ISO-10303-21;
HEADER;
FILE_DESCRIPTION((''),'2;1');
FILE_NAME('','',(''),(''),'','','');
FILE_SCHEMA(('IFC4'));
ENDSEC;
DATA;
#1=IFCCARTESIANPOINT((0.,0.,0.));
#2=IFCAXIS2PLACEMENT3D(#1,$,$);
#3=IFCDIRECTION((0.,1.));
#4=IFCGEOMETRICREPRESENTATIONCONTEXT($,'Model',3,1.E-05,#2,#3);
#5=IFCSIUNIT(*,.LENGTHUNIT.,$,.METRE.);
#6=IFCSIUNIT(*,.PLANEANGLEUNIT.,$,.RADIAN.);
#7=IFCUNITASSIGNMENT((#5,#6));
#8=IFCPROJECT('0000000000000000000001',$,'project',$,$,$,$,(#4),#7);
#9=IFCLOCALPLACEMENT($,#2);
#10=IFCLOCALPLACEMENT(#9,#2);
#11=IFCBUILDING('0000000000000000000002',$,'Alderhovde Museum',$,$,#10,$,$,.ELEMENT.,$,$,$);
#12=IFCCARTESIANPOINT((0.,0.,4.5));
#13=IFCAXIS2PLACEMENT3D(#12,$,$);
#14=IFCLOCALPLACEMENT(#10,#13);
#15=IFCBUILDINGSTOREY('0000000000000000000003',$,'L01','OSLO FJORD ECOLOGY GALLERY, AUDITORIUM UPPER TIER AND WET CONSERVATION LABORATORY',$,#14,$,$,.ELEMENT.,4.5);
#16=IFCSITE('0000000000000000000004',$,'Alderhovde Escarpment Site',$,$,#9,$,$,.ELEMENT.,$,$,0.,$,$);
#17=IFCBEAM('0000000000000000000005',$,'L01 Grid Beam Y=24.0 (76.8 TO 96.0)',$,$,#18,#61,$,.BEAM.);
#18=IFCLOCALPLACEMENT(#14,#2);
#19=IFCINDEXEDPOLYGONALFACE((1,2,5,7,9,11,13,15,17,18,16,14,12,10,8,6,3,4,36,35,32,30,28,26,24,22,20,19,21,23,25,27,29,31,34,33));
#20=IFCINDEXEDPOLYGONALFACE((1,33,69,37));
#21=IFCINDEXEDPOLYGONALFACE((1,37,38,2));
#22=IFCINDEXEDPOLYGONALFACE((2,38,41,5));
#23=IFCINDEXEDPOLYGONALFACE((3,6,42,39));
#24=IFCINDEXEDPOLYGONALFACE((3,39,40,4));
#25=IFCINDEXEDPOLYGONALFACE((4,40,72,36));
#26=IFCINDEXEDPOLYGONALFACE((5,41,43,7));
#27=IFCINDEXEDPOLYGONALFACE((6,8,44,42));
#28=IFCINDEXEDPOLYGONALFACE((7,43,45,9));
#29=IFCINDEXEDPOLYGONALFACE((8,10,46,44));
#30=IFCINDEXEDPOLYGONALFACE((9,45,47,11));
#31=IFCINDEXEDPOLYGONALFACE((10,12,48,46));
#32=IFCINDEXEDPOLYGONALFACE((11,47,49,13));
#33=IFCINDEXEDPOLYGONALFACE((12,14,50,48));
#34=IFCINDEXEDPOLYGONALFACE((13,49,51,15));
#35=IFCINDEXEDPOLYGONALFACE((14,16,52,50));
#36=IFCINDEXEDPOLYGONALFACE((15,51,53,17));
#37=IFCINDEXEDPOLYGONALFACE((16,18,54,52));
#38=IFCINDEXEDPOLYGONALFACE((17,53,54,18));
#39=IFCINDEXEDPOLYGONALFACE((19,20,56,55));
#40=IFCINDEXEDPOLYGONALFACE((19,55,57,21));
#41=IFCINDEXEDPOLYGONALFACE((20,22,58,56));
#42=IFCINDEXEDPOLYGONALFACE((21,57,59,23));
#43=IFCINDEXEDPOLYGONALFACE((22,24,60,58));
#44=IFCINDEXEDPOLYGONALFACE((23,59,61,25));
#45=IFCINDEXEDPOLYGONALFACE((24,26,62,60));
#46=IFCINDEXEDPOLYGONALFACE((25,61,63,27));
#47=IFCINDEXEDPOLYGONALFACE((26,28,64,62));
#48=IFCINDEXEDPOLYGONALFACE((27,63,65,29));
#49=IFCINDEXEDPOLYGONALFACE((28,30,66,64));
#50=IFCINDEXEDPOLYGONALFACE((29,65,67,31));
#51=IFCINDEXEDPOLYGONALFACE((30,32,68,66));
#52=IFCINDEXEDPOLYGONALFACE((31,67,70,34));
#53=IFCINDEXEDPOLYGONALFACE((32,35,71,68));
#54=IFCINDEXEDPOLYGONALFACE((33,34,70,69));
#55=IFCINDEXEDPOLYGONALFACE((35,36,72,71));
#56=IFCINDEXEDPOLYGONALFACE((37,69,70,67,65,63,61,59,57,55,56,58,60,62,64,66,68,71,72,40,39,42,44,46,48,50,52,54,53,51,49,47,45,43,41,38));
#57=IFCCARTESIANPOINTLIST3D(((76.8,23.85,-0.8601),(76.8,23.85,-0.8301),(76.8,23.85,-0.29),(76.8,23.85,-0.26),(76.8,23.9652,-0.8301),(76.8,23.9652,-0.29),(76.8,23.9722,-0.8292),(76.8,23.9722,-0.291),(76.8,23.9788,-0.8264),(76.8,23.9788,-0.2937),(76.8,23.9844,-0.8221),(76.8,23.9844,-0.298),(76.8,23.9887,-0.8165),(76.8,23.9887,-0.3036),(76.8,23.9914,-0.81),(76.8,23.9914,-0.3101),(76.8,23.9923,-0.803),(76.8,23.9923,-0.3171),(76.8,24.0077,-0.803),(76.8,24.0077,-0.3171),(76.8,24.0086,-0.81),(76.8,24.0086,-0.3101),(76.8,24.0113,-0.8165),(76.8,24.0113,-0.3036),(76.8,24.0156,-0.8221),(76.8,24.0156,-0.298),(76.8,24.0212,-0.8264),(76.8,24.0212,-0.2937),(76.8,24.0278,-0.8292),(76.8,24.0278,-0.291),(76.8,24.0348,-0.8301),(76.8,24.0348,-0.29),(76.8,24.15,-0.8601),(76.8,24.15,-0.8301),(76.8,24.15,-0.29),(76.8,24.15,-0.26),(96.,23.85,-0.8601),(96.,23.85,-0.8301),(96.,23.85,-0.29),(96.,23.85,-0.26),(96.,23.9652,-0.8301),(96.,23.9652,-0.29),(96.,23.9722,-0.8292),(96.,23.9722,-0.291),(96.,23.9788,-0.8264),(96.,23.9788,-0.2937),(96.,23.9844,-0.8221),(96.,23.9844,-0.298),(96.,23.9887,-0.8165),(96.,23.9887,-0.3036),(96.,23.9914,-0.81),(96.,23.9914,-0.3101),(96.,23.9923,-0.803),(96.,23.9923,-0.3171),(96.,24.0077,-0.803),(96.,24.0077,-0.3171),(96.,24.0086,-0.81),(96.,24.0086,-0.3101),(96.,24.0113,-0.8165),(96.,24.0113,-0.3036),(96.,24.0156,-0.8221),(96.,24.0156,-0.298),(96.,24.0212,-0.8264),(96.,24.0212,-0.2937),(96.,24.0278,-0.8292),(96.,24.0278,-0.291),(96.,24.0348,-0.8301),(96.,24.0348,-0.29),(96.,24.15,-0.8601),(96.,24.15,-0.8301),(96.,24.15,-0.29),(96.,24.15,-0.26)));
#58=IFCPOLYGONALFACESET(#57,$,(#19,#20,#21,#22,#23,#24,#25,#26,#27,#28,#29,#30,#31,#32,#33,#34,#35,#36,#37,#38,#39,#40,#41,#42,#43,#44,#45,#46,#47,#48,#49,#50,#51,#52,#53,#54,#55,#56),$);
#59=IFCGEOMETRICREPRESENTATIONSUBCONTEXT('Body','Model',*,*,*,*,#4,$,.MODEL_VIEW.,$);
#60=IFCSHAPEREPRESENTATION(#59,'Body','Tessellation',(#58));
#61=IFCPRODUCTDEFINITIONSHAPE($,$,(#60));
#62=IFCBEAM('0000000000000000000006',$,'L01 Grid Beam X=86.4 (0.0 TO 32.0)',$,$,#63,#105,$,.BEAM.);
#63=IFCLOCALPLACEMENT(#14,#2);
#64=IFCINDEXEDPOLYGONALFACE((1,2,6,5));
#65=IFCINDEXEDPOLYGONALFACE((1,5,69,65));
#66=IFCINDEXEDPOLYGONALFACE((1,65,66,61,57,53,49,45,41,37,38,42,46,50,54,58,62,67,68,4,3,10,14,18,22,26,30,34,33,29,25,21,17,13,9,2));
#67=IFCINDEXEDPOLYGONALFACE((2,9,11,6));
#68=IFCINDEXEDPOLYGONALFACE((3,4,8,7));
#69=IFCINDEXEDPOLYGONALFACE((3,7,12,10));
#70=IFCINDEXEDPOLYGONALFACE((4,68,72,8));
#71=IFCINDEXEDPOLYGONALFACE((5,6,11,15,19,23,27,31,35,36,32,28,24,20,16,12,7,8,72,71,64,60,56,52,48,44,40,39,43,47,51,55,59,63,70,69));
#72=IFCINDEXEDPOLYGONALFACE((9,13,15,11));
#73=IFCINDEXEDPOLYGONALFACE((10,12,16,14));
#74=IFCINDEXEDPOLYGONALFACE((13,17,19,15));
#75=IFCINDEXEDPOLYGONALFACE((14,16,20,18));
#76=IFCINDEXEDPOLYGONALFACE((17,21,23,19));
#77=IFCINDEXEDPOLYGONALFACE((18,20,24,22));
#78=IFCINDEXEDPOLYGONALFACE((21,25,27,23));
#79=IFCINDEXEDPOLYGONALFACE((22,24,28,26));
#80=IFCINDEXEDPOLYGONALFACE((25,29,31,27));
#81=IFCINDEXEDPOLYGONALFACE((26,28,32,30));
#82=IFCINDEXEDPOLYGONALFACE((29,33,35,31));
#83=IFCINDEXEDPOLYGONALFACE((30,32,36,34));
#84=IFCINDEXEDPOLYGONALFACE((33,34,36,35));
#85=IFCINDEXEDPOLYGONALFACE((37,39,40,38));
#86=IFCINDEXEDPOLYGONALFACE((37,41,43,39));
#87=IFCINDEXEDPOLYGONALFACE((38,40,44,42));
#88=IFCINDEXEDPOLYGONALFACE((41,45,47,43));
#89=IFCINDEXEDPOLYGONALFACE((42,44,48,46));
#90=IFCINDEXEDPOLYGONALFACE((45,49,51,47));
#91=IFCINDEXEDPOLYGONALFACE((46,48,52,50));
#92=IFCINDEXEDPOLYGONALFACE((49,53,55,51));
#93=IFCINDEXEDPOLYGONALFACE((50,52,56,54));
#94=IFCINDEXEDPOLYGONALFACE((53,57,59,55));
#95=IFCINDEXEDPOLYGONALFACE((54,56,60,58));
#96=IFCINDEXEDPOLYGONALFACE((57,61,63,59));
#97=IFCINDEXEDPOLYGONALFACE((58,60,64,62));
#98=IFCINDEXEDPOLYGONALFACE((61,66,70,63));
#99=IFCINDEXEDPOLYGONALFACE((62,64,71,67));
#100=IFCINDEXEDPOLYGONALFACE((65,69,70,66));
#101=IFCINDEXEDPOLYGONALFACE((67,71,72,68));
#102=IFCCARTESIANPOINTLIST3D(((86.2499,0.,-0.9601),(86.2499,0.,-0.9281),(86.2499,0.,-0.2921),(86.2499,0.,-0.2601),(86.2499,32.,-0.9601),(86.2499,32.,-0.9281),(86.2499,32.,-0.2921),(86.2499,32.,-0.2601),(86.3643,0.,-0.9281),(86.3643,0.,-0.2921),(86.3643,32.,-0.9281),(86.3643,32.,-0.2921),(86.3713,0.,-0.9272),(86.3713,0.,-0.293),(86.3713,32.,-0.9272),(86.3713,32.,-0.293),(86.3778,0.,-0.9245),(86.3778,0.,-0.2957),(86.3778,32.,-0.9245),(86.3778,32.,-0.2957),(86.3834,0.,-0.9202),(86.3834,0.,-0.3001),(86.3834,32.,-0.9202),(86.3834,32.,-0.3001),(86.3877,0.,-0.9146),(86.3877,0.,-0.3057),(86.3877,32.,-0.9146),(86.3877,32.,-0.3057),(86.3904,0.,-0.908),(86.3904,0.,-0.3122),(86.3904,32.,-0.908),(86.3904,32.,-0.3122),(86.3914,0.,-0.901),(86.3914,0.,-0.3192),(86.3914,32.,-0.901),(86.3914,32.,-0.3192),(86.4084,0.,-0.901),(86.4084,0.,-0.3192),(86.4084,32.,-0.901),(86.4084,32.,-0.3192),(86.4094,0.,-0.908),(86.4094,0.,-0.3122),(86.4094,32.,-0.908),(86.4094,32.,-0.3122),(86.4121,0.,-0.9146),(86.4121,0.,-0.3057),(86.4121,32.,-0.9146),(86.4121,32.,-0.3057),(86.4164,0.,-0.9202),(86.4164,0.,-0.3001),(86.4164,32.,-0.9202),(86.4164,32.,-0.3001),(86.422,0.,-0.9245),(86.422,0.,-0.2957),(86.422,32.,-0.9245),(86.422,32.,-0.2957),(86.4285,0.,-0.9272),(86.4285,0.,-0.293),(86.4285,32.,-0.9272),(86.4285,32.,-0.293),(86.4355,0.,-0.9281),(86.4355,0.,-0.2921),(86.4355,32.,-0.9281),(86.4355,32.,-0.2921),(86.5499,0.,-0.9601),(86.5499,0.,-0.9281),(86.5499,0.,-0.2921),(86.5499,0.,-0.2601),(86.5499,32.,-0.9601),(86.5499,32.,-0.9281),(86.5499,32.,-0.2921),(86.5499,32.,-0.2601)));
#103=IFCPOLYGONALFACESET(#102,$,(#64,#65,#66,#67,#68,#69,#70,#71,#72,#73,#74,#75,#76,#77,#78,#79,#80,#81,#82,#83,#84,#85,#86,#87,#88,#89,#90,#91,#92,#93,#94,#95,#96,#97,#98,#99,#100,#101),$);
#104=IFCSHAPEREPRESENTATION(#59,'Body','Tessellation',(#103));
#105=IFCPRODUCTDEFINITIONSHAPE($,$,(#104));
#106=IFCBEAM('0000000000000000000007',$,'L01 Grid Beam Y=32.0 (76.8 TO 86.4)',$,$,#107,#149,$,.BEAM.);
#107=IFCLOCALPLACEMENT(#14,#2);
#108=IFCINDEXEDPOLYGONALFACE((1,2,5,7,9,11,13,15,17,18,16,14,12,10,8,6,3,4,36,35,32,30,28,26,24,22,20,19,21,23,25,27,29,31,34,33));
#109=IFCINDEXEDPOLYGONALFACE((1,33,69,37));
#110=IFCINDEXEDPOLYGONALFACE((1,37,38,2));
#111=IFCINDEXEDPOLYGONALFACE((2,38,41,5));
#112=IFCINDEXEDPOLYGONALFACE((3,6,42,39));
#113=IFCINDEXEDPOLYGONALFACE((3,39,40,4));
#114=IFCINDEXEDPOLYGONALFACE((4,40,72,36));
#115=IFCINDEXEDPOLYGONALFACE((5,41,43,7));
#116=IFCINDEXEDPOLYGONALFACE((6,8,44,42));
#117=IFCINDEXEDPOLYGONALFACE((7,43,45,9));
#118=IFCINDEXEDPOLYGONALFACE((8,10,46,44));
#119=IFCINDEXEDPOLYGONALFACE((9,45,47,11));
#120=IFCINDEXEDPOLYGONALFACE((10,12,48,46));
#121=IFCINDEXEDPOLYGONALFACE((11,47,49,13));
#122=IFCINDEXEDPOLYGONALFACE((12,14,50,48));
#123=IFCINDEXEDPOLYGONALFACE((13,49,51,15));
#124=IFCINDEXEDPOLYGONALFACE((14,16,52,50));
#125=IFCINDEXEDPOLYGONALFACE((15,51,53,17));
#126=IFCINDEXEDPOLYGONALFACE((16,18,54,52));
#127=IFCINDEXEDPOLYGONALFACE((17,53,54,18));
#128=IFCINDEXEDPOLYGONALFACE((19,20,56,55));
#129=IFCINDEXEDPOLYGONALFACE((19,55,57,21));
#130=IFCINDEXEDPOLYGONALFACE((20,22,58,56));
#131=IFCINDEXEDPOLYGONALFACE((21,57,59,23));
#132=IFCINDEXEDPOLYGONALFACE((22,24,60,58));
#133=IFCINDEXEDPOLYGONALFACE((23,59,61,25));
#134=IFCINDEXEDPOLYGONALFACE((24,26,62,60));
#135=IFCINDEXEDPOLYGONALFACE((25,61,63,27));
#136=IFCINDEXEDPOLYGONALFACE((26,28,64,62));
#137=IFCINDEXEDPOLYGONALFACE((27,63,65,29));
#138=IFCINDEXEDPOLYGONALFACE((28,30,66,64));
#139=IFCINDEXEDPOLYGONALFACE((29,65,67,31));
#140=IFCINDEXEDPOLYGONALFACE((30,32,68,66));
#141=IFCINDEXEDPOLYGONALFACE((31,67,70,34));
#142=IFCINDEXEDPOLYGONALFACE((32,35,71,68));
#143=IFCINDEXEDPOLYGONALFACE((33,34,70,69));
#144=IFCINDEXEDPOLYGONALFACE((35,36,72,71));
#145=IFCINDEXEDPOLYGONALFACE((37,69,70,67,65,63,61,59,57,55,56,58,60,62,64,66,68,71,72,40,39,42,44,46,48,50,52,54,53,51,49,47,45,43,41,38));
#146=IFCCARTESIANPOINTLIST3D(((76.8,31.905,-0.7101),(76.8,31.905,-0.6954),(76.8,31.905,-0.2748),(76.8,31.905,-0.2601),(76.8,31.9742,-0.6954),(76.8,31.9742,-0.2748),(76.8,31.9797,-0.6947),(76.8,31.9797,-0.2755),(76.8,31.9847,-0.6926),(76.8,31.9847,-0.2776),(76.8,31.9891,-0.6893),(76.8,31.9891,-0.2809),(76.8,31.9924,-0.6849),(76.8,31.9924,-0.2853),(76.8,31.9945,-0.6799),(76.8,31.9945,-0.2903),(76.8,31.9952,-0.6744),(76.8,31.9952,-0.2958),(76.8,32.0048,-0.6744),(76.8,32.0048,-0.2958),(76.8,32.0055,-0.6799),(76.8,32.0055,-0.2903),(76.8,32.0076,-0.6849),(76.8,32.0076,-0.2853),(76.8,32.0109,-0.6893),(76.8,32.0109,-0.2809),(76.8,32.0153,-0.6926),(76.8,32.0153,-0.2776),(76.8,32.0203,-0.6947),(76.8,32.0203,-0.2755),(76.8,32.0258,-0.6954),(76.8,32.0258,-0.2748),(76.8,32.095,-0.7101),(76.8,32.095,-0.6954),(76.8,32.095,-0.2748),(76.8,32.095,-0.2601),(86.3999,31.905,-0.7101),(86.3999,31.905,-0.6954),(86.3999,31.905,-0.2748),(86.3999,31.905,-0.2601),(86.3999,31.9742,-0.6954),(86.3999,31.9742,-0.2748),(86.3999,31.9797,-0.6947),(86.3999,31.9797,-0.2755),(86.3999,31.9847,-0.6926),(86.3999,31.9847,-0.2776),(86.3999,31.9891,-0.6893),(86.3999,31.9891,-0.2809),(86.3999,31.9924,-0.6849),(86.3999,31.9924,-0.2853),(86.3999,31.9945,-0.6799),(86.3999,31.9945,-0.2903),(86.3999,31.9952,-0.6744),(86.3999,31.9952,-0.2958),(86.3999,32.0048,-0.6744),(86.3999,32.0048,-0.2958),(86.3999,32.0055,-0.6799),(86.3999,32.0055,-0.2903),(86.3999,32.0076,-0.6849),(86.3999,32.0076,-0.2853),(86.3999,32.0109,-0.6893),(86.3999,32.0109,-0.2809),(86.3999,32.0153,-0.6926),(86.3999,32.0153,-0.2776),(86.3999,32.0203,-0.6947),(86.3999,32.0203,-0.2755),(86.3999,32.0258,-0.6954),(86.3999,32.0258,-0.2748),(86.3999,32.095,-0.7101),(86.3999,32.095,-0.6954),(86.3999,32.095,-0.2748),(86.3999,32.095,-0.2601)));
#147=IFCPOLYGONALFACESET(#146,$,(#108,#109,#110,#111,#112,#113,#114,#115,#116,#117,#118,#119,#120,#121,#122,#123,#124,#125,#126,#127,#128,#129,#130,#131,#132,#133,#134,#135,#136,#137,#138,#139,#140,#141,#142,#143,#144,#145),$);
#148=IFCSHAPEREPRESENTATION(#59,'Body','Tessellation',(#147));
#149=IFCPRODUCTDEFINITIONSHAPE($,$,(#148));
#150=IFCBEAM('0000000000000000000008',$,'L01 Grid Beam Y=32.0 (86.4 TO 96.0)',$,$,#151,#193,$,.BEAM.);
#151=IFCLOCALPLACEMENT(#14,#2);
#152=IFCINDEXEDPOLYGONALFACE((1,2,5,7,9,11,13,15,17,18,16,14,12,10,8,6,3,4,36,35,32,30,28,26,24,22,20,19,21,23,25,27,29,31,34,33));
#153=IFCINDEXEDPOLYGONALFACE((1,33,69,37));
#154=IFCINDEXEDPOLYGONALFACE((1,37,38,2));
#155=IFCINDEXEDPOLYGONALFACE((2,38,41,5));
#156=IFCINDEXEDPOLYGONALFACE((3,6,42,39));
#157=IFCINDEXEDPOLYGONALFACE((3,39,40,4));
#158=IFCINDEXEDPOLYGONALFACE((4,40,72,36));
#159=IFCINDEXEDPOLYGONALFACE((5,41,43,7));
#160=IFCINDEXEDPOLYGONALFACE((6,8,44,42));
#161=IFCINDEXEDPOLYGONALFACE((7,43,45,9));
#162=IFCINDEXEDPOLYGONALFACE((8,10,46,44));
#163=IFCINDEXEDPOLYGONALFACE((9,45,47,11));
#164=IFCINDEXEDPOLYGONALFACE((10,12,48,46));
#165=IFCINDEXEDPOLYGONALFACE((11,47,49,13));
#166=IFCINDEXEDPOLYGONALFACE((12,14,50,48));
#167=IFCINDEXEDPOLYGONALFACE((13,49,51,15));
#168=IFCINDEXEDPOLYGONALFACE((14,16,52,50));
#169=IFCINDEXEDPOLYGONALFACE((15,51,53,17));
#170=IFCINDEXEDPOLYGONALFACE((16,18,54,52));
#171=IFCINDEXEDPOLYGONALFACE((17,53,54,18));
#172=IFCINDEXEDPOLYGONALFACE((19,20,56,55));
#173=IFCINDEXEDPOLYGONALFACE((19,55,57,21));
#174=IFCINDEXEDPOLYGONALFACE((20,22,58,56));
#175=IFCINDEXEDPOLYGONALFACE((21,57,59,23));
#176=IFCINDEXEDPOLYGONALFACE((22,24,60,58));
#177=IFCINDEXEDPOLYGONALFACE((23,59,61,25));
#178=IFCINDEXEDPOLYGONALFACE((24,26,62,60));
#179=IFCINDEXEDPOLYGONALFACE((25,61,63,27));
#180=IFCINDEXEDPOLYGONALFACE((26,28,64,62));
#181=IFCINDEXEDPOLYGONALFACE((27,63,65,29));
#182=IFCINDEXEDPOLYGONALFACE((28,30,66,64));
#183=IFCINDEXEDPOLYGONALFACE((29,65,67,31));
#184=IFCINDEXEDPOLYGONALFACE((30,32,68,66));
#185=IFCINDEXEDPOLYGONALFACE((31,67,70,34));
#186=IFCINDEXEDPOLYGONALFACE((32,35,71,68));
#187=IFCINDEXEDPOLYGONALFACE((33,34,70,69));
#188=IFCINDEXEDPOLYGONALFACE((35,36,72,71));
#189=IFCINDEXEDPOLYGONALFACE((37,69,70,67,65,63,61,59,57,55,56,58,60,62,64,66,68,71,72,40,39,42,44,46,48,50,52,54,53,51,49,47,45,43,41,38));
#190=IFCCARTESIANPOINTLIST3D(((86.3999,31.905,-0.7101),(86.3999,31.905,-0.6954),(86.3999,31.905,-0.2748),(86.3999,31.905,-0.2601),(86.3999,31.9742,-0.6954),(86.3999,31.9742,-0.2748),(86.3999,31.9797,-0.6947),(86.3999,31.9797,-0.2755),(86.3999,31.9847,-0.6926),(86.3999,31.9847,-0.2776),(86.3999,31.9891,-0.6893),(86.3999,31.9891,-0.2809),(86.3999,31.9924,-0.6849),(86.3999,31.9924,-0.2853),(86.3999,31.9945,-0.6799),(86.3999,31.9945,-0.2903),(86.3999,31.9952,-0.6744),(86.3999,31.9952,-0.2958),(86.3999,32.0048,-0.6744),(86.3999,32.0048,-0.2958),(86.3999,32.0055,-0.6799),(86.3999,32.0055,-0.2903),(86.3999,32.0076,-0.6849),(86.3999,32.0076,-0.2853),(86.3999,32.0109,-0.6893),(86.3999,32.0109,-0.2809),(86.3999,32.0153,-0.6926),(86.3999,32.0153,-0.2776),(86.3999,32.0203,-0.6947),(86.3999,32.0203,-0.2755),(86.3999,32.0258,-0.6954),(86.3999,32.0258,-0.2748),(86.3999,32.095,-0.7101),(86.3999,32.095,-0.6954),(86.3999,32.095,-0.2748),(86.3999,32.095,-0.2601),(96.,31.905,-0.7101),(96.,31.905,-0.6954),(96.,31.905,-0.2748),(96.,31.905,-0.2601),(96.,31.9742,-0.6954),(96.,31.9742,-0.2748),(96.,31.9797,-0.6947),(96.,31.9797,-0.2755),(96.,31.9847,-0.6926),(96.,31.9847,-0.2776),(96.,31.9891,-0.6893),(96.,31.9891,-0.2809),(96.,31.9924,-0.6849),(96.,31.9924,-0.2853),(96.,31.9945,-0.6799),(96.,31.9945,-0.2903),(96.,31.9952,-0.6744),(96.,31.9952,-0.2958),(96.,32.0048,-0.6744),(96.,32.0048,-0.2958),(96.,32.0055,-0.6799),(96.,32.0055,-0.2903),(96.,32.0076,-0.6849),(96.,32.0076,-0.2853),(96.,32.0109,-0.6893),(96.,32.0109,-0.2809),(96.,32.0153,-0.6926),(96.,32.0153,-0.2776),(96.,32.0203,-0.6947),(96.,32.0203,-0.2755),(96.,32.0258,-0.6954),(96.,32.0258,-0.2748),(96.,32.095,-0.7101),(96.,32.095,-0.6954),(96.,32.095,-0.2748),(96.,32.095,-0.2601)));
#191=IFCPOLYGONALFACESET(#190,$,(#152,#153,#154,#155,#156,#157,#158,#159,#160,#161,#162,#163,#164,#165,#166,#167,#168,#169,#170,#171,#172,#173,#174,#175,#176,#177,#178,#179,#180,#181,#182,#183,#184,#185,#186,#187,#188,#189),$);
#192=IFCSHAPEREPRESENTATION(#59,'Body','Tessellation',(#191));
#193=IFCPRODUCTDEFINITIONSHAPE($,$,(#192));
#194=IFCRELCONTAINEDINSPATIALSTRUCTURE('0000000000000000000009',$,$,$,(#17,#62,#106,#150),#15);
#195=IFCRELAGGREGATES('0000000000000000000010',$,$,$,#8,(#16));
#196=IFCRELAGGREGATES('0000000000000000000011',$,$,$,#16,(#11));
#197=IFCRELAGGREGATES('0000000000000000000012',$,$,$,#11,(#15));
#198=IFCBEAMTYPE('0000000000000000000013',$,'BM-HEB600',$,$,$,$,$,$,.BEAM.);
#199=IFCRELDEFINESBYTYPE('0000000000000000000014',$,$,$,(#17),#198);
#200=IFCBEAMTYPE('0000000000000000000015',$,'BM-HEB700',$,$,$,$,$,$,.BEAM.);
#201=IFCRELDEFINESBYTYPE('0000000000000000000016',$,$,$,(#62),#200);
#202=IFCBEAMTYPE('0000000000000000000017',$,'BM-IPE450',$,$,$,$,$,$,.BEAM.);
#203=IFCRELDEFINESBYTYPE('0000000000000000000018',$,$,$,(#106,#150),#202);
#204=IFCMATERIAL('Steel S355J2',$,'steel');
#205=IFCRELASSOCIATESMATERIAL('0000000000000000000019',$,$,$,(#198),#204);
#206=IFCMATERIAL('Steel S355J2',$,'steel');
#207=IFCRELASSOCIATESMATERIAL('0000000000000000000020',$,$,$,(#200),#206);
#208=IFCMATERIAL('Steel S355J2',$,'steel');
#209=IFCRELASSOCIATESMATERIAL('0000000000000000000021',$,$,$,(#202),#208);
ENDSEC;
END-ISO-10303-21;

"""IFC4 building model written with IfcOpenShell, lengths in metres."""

from ifc_helpers import new_model, si_unit, direction, frame, origin, origin_2d, place, context, subcontext, project, spatial, i_section, extrude, material, material_profile, profile_set, type_object, element, save


model = new_model("IFC4")

# Units and contexts
model_context = context("Model", 3, precision=1e-05, world=origin(), true_north=direction((0.0, 1.0)))
body_context = subcontext(model_context, "Body", "Model", "MODEL_VIEW")
ifc_project = project(units=[si_unit("LENGTHUNIT", "METRE"), si_unit("PLANEANGLEUNIT", "RADIAN")], contexts=[model_context])

# Site, building, storey
site_placement = place(None, origin())
site = spatial("IfcSite", under=ifc_project, at=site_placement, Name="Alderhovde Escarpment Site", CompositionType="ELEMENT", RefElevation=0.0)
building_placement = place(site_placement, origin())
building = spatial("IfcBuilding", under=site, at=building_placement, Name="Alderhovde Museum", CompositionType="ELEMENT")
storey_placement = place(building_placement, frame((0.0, 0.0, 4.5)))
storey = spatial("IfcBuildingStorey", under=building, at=storey_placement, Name="L01", Description="OSLO FJORD ECOLOGY GALLERY, AUDITORIUM UPPER TIER AND WET CONSERVATION LABORATORY", CompositionType="ELEMENT", Elevation=4.5)

# Beams
ifc_material_1 = material(Name="Steel S355J2", Category="steel")
ifc_material_profile_1 = material_profile(ifc_material_1, i_section(OverallWidth=0.3, OverallDepth=0.6001, WebThickness=0.0154, FlangeThickness=0.03, FilletRadius=0.0271, at=origin_2d()), Name="HEB 600")
ifc_profile_set_1 = profile_set([ifc_material_profile_1], Name="Steel S355J2")
beam_type_1 = type_object("IfcBeamType", Name="BM-HEB600", PredefinedType="BEAM", material=ifc_profile_set_1)
for number, where, z_axis, x_axis, name in (
    (1, (76.8, 24.0, -0.5601), (1.0, 0.0, 0.0), (0.0, 1.0, 0.0), "L01 Grid Beam Y=24.0 (76.8 TO 96.0)"),
):
    element("IfcBeam", number, at=place(storey_placement, frame(where, z_axis=z_axis, x_axis=x_axis)), inside=storey, type_object=beam_type_1, Name=name, PredefinedType="BEAM", context=body_context, shape_type="SweptSolid", body=[
        extrude(i_section(OverallWidth=0.3, OverallDepth=0.6001, WebThickness=0.0154, FlangeThickness=0.03, FilletRadius=0.0271, at=origin_2d()), origin(), (0.0, 0.0, 1.0), 19.2),
    ])
ifc_material_2 = material(Name="Steel S355J2", Category="steel")
ifc_material_profile_2 = material_profile(ifc_material_2, i_section(OverallWidth=0.3, OverallDepth=0.7, WebThickness=0.0171, FlangeThickness=0.032, FilletRadius=0.0271, at=origin_2d()), Name="HEB 700")
ifc_profile_set_2 = profile_set([ifc_material_profile_2], Name="Steel S355J2")
beam_type_2 = type_object("IfcBeamType", Name="BM-HEB700", PredefinedType="BEAM", material=ifc_profile_set_2)
beam_1_placement = place(storey_placement, frame((86.3999, 0.0, -0.6101), z_axis=(0.0, 1.0, 0.0), x_axis=(-1.0, 0.0, 0.0)))
element("IfcBeam", 2, at=beam_1_placement, inside=storey, type_object=beam_type_2, Name="L01 Grid Beam X=86.4 (0.0 TO 32.0)", PredefinedType="BEAM", context=body_context, shape_type="SweptSolid", body=[
    extrude(i_section(OverallWidth=0.3, OverallDepth=0.7, WebThickness=0.0171, FlangeThickness=0.032, FilletRadius=0.0271, at=origin_2d()), origin(), (0.0, 0.0, 1.0), 32.0),
])
ifc_material_3 = material(Name="Steel S355J2", Category="steel")
ifc_material_profile_3 = material_profile(ifc_material_3, i_section(OverallWidth=0.1899, OverallDepth=0.45, WebThickness=0.0095, FlangeThickness=0.0146, FilletRadius=0.021, at=origin_2d()), Name="IPE 450")
ifc_profile_set_3 = profile_set([ifc_material_profile_3], Name="Steel S355J2")
beam_type_3 = type_object("IfcBeamType", Name="BM-IPE450", PredefinedType="BEAM", material=ifc_profile_set_3)
beam_2_placement = place(storey_placement, frame((76.8, 32.0, -0.4851), z_axis=(1.0, 0.0, 0.0), x_axis=(0.0, 1.0, 0.0)))
element("IfcBeam", 3, at=beam_2_placement, inside=storey, type_object=beam_type_3, Name="L01 Grid Beam Y=32.0 (76.8 TO 86.4)", PredefinedType="BEAM", context=body_context, shape_type="SweptSolid", body=[
    extrude(i_section(OverallWidth=0.1899, OverallDepth=0.45, WebThickness=0.0095, FlangeThickness=0.0146, FilletRadius=0.021, at=origin_2d()), origin(), (0.0, 0.0, 1.0), 9.5999),
])
beam_3_placement = place(storey_placement, frame((86.3999, 32.0, -0.4851), z_axis=(1.0, 0.0, 0.0), x_axis=(0.0, 1.0, 0.0)))
element("IfcBeam", 4, at=beam_3_placement, inside=storey, type_object=beam_type_3, Name="L01 Grid Beam Y=32.0 (86.4 TO 96.0)", PredefinedType="BEAM", context=body_context, shape_type="SweptSolid", body=[
    extrude(i_section(OverallWidth=0.1899, OverallDepth=0.45, WebThickness=0.0095, FlangeThickness=0.0146, FilletRadius=0.021, at=origin_2d()), origin(), (0.0, 0.0, 1.0), 9.6001),
])

save(model, "model.ifc")
